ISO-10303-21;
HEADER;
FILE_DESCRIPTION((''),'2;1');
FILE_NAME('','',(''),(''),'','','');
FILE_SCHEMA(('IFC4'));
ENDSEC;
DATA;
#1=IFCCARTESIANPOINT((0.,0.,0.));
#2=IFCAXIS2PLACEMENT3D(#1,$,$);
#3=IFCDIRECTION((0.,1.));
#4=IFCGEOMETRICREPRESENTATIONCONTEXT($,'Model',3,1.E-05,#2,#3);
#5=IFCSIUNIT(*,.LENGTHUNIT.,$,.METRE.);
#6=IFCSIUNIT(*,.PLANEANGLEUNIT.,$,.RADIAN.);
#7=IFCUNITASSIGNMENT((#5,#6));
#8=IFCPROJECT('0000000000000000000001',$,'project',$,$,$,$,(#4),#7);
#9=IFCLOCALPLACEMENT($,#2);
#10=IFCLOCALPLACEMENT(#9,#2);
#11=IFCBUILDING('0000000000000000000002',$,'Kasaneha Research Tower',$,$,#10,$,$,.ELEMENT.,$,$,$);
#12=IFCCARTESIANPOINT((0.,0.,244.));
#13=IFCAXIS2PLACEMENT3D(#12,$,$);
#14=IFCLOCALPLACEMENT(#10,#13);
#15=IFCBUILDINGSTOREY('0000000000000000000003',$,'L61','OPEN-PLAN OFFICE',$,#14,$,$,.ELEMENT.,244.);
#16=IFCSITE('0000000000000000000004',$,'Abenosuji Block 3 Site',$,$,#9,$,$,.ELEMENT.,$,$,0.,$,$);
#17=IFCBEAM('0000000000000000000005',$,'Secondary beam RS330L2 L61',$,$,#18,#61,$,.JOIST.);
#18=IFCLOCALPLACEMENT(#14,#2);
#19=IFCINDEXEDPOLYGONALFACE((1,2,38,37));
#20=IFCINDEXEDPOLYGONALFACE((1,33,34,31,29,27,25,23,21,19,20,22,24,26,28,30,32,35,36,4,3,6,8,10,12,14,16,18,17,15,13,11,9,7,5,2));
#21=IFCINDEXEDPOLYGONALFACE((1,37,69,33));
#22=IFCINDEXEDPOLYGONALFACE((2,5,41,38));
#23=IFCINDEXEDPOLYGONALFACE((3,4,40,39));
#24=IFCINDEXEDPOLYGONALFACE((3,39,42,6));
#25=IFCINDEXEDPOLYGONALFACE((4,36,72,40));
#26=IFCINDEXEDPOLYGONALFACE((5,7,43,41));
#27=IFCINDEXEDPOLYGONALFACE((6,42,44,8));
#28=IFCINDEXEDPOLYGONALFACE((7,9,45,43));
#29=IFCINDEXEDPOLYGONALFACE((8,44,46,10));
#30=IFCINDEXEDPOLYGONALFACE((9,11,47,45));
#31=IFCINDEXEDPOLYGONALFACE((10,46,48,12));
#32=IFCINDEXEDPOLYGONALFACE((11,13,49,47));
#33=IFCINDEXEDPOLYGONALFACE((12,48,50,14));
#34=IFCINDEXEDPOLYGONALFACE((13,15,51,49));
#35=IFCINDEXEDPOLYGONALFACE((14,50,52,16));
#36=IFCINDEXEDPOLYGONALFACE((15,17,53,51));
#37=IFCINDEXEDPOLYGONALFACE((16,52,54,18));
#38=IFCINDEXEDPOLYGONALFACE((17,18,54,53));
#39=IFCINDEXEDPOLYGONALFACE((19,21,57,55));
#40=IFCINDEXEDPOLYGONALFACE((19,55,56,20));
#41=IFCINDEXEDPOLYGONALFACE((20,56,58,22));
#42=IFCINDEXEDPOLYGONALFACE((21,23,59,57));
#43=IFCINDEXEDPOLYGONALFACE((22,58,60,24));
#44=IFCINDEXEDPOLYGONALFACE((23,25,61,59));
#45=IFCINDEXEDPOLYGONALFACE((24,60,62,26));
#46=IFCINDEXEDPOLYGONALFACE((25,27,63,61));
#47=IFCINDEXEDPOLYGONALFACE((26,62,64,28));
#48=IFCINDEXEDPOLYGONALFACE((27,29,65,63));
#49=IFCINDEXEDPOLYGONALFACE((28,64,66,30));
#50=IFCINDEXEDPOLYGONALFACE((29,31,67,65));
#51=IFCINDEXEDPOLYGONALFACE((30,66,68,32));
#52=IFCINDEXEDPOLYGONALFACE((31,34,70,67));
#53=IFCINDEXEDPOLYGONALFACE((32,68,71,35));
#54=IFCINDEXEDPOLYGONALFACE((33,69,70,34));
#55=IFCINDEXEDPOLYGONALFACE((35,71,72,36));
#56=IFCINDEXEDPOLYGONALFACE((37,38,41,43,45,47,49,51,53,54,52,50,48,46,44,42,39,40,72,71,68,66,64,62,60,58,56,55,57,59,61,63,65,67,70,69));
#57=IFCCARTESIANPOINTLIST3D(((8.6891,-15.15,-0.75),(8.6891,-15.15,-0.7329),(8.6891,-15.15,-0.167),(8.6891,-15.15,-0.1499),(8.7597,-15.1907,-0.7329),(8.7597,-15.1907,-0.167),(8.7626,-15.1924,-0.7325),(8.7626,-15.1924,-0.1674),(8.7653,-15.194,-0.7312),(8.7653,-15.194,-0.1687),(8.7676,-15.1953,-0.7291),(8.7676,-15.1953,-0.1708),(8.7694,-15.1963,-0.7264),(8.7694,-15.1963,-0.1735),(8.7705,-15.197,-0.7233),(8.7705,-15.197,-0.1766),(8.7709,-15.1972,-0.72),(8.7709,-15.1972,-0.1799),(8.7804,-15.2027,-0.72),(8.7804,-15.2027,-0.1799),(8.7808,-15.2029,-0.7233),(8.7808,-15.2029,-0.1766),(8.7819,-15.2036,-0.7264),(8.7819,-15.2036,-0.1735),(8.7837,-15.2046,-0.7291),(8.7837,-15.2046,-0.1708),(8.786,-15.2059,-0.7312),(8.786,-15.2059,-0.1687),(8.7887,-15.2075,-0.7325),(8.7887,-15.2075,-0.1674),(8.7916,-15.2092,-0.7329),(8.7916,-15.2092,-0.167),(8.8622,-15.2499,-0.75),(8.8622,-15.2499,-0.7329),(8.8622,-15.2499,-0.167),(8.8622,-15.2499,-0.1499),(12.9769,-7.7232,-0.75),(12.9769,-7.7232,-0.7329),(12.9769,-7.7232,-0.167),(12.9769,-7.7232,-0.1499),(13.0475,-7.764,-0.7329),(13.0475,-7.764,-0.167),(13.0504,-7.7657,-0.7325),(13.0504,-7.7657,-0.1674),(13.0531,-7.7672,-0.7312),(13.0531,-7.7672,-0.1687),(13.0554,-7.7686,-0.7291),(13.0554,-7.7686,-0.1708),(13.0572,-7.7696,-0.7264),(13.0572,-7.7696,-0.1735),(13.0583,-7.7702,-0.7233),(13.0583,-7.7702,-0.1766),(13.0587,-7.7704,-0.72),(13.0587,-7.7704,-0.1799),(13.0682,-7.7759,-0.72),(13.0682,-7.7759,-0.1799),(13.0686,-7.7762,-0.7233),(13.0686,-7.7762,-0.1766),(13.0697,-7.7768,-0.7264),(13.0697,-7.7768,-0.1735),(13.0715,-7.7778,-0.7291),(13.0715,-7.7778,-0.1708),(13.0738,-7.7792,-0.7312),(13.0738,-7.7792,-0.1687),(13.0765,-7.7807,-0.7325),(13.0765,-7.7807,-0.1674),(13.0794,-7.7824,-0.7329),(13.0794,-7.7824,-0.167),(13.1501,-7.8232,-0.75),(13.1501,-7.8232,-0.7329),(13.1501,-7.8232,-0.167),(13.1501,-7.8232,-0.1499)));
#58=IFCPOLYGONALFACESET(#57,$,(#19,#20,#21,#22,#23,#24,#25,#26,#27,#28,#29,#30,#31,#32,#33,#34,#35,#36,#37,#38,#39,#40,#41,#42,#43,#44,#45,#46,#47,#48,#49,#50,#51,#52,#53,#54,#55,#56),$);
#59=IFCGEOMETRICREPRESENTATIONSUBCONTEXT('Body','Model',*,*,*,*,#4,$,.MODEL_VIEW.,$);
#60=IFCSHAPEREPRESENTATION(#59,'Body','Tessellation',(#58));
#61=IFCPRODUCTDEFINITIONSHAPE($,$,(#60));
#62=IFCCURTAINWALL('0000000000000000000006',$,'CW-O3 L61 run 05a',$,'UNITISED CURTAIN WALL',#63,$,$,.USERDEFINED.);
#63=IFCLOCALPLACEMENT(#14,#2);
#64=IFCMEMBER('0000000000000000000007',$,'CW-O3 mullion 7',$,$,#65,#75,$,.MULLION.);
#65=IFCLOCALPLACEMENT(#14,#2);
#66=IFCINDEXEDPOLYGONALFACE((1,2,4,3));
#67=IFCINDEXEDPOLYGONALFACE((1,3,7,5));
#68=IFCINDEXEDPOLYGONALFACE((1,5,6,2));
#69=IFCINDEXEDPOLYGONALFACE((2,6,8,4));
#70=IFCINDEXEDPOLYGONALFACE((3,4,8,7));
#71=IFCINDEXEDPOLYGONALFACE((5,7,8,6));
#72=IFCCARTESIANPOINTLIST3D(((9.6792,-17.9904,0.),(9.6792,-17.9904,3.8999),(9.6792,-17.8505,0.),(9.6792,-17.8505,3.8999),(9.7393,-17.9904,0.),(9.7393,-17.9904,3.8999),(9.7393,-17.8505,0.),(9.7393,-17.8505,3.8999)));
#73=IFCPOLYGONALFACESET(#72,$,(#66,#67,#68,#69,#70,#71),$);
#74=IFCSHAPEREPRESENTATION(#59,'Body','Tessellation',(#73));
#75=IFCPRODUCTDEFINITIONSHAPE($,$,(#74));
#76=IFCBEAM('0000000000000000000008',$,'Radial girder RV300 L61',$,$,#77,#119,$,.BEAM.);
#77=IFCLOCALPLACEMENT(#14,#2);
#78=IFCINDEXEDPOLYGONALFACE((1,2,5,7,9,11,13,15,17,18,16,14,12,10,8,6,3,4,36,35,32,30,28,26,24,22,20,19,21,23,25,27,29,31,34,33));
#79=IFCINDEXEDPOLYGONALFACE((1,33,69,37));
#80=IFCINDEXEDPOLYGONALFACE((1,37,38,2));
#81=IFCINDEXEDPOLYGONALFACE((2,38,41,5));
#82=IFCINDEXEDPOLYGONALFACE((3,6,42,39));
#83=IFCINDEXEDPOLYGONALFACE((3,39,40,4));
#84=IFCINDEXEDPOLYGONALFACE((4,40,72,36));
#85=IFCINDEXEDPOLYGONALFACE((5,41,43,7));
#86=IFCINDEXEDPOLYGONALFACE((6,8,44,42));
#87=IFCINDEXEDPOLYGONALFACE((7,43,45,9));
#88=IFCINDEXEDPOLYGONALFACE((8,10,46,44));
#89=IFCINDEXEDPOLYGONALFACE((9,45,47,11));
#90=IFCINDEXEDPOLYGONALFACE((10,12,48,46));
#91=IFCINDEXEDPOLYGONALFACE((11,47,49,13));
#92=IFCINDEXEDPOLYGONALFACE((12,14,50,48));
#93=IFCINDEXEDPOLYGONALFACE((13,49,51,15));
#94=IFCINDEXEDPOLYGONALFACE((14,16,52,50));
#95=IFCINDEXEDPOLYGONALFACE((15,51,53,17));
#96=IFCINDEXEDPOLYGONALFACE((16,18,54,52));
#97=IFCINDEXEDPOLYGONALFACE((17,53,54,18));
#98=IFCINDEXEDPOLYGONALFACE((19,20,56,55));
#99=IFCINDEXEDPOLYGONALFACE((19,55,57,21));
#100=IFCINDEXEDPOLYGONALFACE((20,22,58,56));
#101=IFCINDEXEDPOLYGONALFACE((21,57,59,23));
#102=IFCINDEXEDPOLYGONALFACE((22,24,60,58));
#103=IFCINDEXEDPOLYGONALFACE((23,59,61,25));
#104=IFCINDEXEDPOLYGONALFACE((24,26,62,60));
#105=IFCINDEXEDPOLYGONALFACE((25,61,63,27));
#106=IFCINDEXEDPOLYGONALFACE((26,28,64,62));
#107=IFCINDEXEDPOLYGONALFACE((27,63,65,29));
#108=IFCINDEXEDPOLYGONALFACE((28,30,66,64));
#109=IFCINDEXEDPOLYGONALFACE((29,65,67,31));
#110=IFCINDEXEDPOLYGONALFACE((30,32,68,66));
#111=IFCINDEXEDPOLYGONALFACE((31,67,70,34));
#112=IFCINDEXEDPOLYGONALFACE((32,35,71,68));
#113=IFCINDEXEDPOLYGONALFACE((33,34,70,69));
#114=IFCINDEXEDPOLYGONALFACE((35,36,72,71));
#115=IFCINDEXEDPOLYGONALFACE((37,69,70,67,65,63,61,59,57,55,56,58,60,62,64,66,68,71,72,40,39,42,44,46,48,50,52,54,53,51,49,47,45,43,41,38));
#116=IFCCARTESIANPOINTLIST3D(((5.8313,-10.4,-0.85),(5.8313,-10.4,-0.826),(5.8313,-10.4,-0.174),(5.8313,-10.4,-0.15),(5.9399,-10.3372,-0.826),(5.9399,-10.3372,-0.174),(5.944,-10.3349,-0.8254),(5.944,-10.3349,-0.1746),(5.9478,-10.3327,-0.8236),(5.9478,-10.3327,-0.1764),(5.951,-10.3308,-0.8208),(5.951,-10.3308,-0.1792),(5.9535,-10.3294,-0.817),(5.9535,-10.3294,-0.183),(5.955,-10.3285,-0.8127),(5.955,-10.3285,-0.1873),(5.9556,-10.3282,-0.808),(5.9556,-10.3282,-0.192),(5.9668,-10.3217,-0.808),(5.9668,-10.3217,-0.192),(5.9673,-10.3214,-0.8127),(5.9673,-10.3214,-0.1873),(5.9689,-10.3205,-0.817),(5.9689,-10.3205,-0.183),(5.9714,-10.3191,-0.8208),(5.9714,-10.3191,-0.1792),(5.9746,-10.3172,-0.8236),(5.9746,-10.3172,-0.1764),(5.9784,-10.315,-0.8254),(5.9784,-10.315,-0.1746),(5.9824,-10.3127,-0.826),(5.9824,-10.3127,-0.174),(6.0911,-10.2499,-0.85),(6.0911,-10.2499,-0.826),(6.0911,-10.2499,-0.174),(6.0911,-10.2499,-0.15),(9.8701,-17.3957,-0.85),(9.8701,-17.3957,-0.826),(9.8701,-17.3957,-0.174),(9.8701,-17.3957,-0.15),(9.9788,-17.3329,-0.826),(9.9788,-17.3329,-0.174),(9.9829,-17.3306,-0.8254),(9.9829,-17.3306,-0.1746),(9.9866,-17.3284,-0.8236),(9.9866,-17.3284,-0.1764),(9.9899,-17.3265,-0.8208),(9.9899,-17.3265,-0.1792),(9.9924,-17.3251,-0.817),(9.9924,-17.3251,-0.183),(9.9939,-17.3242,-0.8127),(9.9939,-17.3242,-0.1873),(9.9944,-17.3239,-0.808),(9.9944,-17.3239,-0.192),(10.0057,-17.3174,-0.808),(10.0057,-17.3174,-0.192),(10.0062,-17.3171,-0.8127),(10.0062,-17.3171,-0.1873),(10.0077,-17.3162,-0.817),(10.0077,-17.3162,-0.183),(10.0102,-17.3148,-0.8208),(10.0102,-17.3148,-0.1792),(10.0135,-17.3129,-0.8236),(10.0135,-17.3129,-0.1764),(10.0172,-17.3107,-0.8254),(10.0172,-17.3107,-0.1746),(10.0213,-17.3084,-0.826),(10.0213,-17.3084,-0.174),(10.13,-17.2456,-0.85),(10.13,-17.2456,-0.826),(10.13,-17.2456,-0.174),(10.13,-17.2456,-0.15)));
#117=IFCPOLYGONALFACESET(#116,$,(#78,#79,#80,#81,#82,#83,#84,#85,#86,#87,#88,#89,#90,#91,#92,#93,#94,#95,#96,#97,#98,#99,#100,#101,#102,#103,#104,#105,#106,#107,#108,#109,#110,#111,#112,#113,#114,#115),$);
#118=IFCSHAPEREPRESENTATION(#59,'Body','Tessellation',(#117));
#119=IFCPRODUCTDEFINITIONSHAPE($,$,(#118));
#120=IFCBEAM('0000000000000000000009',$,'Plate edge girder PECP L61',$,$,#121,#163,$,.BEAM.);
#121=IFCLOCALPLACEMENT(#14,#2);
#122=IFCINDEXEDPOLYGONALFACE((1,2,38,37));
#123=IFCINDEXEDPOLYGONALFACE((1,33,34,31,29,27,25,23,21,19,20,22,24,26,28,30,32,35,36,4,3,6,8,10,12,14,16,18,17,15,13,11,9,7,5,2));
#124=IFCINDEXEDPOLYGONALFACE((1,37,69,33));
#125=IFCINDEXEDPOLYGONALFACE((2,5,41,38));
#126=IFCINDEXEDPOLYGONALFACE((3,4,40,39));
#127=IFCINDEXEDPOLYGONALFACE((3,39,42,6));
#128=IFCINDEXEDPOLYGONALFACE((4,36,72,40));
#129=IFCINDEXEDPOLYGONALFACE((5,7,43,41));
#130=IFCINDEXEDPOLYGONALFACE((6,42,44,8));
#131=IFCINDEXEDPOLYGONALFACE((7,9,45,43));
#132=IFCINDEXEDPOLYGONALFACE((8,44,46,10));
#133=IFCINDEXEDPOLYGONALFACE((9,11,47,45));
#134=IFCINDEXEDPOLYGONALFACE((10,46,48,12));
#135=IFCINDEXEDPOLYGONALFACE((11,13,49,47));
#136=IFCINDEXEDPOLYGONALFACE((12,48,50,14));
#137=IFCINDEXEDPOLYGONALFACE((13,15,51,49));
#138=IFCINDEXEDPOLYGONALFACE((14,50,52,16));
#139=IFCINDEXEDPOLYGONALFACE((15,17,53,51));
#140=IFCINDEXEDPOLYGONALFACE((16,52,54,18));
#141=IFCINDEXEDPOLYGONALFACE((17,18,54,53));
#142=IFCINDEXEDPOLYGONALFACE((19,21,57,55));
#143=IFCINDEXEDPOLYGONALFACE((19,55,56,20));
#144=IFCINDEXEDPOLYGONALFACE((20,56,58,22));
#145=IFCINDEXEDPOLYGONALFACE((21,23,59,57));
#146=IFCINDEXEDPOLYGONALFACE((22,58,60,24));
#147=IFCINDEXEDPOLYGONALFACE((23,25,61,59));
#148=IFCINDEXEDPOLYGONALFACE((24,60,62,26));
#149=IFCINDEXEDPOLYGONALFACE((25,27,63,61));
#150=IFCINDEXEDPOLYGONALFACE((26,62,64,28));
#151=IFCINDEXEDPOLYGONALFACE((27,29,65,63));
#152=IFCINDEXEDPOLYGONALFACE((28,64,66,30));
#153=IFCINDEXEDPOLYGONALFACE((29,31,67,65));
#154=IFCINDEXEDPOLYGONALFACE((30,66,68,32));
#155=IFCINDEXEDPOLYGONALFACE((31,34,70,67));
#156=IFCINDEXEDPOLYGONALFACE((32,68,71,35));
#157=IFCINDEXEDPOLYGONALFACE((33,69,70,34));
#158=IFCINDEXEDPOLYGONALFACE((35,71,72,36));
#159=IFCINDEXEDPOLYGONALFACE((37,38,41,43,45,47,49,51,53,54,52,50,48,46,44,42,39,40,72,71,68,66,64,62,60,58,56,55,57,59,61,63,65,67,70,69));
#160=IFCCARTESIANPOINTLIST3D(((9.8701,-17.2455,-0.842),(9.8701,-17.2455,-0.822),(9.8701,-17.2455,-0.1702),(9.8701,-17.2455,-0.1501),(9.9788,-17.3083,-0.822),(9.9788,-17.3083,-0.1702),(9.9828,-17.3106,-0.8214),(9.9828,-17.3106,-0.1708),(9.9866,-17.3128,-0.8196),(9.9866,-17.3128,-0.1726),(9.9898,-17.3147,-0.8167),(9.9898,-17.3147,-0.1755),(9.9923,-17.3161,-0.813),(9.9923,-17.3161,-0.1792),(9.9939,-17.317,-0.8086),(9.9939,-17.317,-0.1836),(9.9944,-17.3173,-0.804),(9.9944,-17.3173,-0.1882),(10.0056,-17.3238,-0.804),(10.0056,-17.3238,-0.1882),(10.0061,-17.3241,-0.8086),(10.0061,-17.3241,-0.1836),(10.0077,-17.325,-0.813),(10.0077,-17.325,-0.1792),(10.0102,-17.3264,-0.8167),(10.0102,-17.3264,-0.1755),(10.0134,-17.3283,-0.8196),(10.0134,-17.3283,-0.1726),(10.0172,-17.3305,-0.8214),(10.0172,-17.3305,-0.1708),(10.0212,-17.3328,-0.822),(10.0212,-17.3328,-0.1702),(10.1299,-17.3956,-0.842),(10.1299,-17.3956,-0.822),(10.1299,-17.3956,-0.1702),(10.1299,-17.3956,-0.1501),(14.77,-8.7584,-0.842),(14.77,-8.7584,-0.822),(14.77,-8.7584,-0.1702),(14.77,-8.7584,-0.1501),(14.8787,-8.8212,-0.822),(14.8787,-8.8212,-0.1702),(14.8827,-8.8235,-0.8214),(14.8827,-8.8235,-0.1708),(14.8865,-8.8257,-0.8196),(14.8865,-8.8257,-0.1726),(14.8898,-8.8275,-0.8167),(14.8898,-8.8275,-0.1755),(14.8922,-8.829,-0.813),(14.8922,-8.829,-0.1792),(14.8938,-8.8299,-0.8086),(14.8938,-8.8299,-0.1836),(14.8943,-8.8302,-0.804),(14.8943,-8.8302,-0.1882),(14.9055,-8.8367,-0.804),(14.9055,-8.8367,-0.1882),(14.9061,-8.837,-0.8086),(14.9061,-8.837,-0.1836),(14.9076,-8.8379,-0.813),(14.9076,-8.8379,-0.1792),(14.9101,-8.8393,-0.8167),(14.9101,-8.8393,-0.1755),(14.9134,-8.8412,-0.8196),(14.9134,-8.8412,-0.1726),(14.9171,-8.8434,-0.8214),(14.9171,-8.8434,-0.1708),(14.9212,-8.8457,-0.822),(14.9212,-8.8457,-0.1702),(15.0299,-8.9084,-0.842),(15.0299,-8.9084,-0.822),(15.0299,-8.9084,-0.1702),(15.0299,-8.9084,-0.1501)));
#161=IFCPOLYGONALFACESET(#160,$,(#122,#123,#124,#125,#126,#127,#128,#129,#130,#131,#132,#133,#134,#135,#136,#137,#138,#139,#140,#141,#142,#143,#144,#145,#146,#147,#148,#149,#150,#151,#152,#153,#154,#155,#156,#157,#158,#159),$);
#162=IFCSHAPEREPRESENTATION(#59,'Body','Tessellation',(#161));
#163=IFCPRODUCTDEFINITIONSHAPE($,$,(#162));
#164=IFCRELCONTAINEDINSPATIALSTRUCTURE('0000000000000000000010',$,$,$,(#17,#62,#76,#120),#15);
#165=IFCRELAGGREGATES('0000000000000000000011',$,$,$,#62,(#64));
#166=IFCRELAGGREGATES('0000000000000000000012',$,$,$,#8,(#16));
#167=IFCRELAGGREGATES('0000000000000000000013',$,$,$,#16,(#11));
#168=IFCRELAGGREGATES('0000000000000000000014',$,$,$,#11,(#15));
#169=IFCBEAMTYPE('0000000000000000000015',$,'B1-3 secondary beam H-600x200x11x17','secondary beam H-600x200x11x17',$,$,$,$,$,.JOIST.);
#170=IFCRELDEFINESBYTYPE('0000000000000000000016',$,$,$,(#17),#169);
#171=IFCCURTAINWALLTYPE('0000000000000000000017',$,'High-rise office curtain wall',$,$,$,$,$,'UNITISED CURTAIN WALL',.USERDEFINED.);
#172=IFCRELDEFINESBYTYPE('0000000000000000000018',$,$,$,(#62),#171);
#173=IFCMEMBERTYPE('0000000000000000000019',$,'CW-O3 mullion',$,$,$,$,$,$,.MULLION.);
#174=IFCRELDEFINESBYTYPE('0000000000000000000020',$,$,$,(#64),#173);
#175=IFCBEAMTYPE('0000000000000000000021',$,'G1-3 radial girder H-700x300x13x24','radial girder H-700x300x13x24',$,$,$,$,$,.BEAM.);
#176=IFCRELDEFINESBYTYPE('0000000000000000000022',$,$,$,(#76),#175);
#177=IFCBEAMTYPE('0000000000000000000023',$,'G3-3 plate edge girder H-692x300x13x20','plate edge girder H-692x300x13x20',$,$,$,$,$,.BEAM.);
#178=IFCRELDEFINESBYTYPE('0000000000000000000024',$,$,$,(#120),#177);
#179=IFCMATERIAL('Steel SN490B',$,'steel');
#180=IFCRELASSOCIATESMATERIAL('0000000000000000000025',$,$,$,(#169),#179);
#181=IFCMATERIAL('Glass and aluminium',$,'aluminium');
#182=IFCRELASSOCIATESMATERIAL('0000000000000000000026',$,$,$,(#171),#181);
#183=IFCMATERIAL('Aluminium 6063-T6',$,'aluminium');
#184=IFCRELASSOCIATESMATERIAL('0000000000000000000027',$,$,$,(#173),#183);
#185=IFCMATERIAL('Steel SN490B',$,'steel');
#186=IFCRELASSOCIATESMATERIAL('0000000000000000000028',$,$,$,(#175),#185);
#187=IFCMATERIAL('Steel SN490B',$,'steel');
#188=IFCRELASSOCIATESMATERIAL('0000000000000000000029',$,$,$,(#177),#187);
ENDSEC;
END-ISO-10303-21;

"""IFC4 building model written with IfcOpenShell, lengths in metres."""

from ifc_helpers import new_model, si_unit, direction, frame, origin, origin_2d, place, context, subcontext, project, spatial, rectangle, i_section, extrude, material, material_profile, profile_set, type_object, element, aggregate, save


model = new_model("IFC4")

# Units and contexts
model_context = context("Model", 3, precision=1e-05, world=origin(), true_north=direction((0.0, 1.0)))
body_context = subcontext(model_context, "Body", "Model", "MODEL_VIEW")
ifc_project = project(units=[si_unit("LENGTHUNIT", "METRE"), si_unit("PLANEANGLEUNIT", "RADIAN")], contexts=[model_context])

# Site, building, storey
site_placement = place(None, origin())
site = spatial("IfcSite", under=ifc_project, at=site_placement, Name="Abenosuji Block 3 Site", CompositionType="ELEMENT", RefElevation=0.0)
building_placement = place(site_placement, origin())
building = spatial("IfcBuilding", under=site, at=building_placement, Name="Kasaneha Research Tower", CompositionType="ELEMENT")
storey_placement = place(building_placement, frame((0.0, 0.0, 244.0)))
storey = spatial("IfcBuildingStorey", under=building, at=storey_placement, Name="L61", Description="OPEN-PLAN OFFICE", CompositionType="ELEMENT", Elevation=244.0)

# Beam
ifc_material_1 = material(Name="Steel SN490B", Category="steel")
ifc_material_profile_1 = material_profile(ifc_material_1, i_section(OverallWidth=0.2, OverallDepth=0.6001, WebThickness=0.011, FlangeThickness=0.0171, FilletRadius=0.0129, at=origin_2d()), Name="H-600x200x11x17")
ifc_profile_set_1 = profile_set([ifc_material_profile_1], Name="Steel SN490B")
beam_type_1 = type_object("IfcBeamType", Name="B1-3 secondary beam H-600x200x11x17", Description="secondary beam H-600x200x11x17", PredefinedType="JOIST", material=ifc_profile_set_1)
beam_1_placement = place(storey_placement, frame((8.7756, -15.2, -0.45), z_axis=(0.5, 0.866025, 0.0), x_axis=(-0.866025, 0.5, 0.0)))
element("IfcBeam", 1, at=beam_1_placement, inside=storey, type_object=beam_type_1, Name="Secondary beam RS330L2 L61", PredefinedType="JOIST", context=body_context, shape_type="SweptSolid", body=[
    extrude(i_section(OverallWidth=0.2, OverallDepth=0.6001, WebThickness=0.011, FlangeThickness=0.0171, FilletRadius=0.0129, at=origin_2d()), origin(), (0.0, 0.0, 1.0), 8.5757),
])

# Curtain wall, member
ifc_material_2 = material(Name="Glass and aluminium", Category="aluminium")
curtain_wall_type = type_object("IfcCurtainWallType", Name="High-rise office curtain wall", ElementType="UNITISED CURTAIN WALL", PredefinedType="USERDEFINED", material=ifc_material_2)
curtain_wall_placement = place(storey_placement, origin())
curtain_wall = element("IfcCurtainWall", 2, at=curtain_wall_placement, inside=storey, type_object=curtain_wall_type, Name="CW-O3 L61 run 05a", ObjectType="UNITISED CURTAIN WALL", PredefinedType="USERDEFINED")
ifc_material_3 = material(Name="Aluminium 6063-T6", Category="aluminium")
ifc_material_profile_2 = material_profile(ifc_material_3, rectangle(XDim=0.0601, YDim=0.1399, at=origin_2d()), Name="CW-O3 mullion 60x140")
ifc_profile_set_2 = profile_set([ifc_material_profile_2], Name="Aluminium 6063-T6")
member_type = type_object("IfcMemberType", Name="CW-O3 mullion", PredefinedType="MULLION", material=ifc_profile_set_2)
member_placement = place(storey_placement, frame((9.7092, -17.9204, 0.0), z_axis=(0.0, 0.0, 1.0), x_axis=(1.0, 0.0, 0.0)))
member = element("IfcMember", 3, at=member_placement, type_object=member_type, Name="CW-O3 mullion 7", PredefinedType="MULLION", context=body_context, shape_type="SweptSolid", body=[
    extrude(rectangle(XDim=0.0601, YDim=0.1399, at=origin_2d()), origin(), (0.0, 0.0, 1.0), 3.8999),
])
aggregate(curtain_wall, [member])

# Beams
ifc_material_4 = material(Name="Steel SN490B", Category="steel")
ifc_material_profile_3 = material_profile(ifc_material_4, i_section(OverallWidth=0.3, OverallDepth=0.7, WebThickness=0.0129, FlangeThickness=0.0239, FilletRadius=0.0181, at=origin_2d()), Name="H-700x300x13x24")
ifc_profile_set_3 = profile_set([ifc_material_profile_3], Name="Steel SN490B")
beam_type_2 = type_object("IfcBeamType", Name="G1-3 radial girder H-700x300x13x24", Description="radial girder H-700x300x13x24", PredefinedType="BEAM", material=ifc_profile_set_3)
beam_2_placement = place(storey_placement, frame((5.9612, -10.325, -0.5), z_axis=(0.499991, -0.866031, 0.0), x_axis=(0.866031, 0.499991, 0.0)))
element("IfcBeam", 4, at=beam_2_placement, inside=storey, type_object=beam_type_2, Name="Radial girder RV300 L61", PredefinedType="BEAM", context=body_context, shape_type="SweptSolid", body=[
    extrude(i_section(OverallWidth=0.3, OverallDepth=0.7, WebThickness=0.0129, FlangeThickness=0.0239, FilletRadius=0.0181, at=origin_2d()), origin(), (0.0, 0.0, 1.0), 8.0779),
])
ifc_material_5 = material(Name="Steel SN490B", Category="steel")
ifc_material_profile_4 = material_profile(ifc_material_5, i_section(OverallWidth=0.3, OverallDepth=0.6919, WebThickness=0.0129, FlangeThickness=0.02, FilletRadius=0.0181, at=origin_2d()), Name="H-692x300x13x20")
ifc_profile_set_4 = profile_set([ifc_material_profile_4], Name="Steel SN490B")
beam_type_3 = type_object("IfcBeamType", Name="G3-3 plate edge girder H-692x300x13x20", Description="plate edge girder H-692x300x13x20", PredefinedType="BEAM", material=ifc_profile_set_4)
beam_3_placement = place(storey_placement, frame((10.0, -17.3206, -0.4961), z_axis=(0.499992, 0.86603, 0.0), x_axis=(-0.86603, 0.499992, 0.0)))
element("IfcBeam", 5, at=beam_3_placement, inside=storey, type_object=beam_type_3, Name="Plate edge girder PECP L61", PredefinedType="BEAM", context=body_context, shape_type="SweptSolid", body=[
    extrude(i_section(OverallWidth=0.3, OverallDepth=0.6919, WebThickness=0.0129, FlangeThickness=0.02, FilletRadius=0.0181, at=origin_2d()), origin(), (0.0, 0.0, 1.0), 9.8),
])

save(model, "model.ifc")
